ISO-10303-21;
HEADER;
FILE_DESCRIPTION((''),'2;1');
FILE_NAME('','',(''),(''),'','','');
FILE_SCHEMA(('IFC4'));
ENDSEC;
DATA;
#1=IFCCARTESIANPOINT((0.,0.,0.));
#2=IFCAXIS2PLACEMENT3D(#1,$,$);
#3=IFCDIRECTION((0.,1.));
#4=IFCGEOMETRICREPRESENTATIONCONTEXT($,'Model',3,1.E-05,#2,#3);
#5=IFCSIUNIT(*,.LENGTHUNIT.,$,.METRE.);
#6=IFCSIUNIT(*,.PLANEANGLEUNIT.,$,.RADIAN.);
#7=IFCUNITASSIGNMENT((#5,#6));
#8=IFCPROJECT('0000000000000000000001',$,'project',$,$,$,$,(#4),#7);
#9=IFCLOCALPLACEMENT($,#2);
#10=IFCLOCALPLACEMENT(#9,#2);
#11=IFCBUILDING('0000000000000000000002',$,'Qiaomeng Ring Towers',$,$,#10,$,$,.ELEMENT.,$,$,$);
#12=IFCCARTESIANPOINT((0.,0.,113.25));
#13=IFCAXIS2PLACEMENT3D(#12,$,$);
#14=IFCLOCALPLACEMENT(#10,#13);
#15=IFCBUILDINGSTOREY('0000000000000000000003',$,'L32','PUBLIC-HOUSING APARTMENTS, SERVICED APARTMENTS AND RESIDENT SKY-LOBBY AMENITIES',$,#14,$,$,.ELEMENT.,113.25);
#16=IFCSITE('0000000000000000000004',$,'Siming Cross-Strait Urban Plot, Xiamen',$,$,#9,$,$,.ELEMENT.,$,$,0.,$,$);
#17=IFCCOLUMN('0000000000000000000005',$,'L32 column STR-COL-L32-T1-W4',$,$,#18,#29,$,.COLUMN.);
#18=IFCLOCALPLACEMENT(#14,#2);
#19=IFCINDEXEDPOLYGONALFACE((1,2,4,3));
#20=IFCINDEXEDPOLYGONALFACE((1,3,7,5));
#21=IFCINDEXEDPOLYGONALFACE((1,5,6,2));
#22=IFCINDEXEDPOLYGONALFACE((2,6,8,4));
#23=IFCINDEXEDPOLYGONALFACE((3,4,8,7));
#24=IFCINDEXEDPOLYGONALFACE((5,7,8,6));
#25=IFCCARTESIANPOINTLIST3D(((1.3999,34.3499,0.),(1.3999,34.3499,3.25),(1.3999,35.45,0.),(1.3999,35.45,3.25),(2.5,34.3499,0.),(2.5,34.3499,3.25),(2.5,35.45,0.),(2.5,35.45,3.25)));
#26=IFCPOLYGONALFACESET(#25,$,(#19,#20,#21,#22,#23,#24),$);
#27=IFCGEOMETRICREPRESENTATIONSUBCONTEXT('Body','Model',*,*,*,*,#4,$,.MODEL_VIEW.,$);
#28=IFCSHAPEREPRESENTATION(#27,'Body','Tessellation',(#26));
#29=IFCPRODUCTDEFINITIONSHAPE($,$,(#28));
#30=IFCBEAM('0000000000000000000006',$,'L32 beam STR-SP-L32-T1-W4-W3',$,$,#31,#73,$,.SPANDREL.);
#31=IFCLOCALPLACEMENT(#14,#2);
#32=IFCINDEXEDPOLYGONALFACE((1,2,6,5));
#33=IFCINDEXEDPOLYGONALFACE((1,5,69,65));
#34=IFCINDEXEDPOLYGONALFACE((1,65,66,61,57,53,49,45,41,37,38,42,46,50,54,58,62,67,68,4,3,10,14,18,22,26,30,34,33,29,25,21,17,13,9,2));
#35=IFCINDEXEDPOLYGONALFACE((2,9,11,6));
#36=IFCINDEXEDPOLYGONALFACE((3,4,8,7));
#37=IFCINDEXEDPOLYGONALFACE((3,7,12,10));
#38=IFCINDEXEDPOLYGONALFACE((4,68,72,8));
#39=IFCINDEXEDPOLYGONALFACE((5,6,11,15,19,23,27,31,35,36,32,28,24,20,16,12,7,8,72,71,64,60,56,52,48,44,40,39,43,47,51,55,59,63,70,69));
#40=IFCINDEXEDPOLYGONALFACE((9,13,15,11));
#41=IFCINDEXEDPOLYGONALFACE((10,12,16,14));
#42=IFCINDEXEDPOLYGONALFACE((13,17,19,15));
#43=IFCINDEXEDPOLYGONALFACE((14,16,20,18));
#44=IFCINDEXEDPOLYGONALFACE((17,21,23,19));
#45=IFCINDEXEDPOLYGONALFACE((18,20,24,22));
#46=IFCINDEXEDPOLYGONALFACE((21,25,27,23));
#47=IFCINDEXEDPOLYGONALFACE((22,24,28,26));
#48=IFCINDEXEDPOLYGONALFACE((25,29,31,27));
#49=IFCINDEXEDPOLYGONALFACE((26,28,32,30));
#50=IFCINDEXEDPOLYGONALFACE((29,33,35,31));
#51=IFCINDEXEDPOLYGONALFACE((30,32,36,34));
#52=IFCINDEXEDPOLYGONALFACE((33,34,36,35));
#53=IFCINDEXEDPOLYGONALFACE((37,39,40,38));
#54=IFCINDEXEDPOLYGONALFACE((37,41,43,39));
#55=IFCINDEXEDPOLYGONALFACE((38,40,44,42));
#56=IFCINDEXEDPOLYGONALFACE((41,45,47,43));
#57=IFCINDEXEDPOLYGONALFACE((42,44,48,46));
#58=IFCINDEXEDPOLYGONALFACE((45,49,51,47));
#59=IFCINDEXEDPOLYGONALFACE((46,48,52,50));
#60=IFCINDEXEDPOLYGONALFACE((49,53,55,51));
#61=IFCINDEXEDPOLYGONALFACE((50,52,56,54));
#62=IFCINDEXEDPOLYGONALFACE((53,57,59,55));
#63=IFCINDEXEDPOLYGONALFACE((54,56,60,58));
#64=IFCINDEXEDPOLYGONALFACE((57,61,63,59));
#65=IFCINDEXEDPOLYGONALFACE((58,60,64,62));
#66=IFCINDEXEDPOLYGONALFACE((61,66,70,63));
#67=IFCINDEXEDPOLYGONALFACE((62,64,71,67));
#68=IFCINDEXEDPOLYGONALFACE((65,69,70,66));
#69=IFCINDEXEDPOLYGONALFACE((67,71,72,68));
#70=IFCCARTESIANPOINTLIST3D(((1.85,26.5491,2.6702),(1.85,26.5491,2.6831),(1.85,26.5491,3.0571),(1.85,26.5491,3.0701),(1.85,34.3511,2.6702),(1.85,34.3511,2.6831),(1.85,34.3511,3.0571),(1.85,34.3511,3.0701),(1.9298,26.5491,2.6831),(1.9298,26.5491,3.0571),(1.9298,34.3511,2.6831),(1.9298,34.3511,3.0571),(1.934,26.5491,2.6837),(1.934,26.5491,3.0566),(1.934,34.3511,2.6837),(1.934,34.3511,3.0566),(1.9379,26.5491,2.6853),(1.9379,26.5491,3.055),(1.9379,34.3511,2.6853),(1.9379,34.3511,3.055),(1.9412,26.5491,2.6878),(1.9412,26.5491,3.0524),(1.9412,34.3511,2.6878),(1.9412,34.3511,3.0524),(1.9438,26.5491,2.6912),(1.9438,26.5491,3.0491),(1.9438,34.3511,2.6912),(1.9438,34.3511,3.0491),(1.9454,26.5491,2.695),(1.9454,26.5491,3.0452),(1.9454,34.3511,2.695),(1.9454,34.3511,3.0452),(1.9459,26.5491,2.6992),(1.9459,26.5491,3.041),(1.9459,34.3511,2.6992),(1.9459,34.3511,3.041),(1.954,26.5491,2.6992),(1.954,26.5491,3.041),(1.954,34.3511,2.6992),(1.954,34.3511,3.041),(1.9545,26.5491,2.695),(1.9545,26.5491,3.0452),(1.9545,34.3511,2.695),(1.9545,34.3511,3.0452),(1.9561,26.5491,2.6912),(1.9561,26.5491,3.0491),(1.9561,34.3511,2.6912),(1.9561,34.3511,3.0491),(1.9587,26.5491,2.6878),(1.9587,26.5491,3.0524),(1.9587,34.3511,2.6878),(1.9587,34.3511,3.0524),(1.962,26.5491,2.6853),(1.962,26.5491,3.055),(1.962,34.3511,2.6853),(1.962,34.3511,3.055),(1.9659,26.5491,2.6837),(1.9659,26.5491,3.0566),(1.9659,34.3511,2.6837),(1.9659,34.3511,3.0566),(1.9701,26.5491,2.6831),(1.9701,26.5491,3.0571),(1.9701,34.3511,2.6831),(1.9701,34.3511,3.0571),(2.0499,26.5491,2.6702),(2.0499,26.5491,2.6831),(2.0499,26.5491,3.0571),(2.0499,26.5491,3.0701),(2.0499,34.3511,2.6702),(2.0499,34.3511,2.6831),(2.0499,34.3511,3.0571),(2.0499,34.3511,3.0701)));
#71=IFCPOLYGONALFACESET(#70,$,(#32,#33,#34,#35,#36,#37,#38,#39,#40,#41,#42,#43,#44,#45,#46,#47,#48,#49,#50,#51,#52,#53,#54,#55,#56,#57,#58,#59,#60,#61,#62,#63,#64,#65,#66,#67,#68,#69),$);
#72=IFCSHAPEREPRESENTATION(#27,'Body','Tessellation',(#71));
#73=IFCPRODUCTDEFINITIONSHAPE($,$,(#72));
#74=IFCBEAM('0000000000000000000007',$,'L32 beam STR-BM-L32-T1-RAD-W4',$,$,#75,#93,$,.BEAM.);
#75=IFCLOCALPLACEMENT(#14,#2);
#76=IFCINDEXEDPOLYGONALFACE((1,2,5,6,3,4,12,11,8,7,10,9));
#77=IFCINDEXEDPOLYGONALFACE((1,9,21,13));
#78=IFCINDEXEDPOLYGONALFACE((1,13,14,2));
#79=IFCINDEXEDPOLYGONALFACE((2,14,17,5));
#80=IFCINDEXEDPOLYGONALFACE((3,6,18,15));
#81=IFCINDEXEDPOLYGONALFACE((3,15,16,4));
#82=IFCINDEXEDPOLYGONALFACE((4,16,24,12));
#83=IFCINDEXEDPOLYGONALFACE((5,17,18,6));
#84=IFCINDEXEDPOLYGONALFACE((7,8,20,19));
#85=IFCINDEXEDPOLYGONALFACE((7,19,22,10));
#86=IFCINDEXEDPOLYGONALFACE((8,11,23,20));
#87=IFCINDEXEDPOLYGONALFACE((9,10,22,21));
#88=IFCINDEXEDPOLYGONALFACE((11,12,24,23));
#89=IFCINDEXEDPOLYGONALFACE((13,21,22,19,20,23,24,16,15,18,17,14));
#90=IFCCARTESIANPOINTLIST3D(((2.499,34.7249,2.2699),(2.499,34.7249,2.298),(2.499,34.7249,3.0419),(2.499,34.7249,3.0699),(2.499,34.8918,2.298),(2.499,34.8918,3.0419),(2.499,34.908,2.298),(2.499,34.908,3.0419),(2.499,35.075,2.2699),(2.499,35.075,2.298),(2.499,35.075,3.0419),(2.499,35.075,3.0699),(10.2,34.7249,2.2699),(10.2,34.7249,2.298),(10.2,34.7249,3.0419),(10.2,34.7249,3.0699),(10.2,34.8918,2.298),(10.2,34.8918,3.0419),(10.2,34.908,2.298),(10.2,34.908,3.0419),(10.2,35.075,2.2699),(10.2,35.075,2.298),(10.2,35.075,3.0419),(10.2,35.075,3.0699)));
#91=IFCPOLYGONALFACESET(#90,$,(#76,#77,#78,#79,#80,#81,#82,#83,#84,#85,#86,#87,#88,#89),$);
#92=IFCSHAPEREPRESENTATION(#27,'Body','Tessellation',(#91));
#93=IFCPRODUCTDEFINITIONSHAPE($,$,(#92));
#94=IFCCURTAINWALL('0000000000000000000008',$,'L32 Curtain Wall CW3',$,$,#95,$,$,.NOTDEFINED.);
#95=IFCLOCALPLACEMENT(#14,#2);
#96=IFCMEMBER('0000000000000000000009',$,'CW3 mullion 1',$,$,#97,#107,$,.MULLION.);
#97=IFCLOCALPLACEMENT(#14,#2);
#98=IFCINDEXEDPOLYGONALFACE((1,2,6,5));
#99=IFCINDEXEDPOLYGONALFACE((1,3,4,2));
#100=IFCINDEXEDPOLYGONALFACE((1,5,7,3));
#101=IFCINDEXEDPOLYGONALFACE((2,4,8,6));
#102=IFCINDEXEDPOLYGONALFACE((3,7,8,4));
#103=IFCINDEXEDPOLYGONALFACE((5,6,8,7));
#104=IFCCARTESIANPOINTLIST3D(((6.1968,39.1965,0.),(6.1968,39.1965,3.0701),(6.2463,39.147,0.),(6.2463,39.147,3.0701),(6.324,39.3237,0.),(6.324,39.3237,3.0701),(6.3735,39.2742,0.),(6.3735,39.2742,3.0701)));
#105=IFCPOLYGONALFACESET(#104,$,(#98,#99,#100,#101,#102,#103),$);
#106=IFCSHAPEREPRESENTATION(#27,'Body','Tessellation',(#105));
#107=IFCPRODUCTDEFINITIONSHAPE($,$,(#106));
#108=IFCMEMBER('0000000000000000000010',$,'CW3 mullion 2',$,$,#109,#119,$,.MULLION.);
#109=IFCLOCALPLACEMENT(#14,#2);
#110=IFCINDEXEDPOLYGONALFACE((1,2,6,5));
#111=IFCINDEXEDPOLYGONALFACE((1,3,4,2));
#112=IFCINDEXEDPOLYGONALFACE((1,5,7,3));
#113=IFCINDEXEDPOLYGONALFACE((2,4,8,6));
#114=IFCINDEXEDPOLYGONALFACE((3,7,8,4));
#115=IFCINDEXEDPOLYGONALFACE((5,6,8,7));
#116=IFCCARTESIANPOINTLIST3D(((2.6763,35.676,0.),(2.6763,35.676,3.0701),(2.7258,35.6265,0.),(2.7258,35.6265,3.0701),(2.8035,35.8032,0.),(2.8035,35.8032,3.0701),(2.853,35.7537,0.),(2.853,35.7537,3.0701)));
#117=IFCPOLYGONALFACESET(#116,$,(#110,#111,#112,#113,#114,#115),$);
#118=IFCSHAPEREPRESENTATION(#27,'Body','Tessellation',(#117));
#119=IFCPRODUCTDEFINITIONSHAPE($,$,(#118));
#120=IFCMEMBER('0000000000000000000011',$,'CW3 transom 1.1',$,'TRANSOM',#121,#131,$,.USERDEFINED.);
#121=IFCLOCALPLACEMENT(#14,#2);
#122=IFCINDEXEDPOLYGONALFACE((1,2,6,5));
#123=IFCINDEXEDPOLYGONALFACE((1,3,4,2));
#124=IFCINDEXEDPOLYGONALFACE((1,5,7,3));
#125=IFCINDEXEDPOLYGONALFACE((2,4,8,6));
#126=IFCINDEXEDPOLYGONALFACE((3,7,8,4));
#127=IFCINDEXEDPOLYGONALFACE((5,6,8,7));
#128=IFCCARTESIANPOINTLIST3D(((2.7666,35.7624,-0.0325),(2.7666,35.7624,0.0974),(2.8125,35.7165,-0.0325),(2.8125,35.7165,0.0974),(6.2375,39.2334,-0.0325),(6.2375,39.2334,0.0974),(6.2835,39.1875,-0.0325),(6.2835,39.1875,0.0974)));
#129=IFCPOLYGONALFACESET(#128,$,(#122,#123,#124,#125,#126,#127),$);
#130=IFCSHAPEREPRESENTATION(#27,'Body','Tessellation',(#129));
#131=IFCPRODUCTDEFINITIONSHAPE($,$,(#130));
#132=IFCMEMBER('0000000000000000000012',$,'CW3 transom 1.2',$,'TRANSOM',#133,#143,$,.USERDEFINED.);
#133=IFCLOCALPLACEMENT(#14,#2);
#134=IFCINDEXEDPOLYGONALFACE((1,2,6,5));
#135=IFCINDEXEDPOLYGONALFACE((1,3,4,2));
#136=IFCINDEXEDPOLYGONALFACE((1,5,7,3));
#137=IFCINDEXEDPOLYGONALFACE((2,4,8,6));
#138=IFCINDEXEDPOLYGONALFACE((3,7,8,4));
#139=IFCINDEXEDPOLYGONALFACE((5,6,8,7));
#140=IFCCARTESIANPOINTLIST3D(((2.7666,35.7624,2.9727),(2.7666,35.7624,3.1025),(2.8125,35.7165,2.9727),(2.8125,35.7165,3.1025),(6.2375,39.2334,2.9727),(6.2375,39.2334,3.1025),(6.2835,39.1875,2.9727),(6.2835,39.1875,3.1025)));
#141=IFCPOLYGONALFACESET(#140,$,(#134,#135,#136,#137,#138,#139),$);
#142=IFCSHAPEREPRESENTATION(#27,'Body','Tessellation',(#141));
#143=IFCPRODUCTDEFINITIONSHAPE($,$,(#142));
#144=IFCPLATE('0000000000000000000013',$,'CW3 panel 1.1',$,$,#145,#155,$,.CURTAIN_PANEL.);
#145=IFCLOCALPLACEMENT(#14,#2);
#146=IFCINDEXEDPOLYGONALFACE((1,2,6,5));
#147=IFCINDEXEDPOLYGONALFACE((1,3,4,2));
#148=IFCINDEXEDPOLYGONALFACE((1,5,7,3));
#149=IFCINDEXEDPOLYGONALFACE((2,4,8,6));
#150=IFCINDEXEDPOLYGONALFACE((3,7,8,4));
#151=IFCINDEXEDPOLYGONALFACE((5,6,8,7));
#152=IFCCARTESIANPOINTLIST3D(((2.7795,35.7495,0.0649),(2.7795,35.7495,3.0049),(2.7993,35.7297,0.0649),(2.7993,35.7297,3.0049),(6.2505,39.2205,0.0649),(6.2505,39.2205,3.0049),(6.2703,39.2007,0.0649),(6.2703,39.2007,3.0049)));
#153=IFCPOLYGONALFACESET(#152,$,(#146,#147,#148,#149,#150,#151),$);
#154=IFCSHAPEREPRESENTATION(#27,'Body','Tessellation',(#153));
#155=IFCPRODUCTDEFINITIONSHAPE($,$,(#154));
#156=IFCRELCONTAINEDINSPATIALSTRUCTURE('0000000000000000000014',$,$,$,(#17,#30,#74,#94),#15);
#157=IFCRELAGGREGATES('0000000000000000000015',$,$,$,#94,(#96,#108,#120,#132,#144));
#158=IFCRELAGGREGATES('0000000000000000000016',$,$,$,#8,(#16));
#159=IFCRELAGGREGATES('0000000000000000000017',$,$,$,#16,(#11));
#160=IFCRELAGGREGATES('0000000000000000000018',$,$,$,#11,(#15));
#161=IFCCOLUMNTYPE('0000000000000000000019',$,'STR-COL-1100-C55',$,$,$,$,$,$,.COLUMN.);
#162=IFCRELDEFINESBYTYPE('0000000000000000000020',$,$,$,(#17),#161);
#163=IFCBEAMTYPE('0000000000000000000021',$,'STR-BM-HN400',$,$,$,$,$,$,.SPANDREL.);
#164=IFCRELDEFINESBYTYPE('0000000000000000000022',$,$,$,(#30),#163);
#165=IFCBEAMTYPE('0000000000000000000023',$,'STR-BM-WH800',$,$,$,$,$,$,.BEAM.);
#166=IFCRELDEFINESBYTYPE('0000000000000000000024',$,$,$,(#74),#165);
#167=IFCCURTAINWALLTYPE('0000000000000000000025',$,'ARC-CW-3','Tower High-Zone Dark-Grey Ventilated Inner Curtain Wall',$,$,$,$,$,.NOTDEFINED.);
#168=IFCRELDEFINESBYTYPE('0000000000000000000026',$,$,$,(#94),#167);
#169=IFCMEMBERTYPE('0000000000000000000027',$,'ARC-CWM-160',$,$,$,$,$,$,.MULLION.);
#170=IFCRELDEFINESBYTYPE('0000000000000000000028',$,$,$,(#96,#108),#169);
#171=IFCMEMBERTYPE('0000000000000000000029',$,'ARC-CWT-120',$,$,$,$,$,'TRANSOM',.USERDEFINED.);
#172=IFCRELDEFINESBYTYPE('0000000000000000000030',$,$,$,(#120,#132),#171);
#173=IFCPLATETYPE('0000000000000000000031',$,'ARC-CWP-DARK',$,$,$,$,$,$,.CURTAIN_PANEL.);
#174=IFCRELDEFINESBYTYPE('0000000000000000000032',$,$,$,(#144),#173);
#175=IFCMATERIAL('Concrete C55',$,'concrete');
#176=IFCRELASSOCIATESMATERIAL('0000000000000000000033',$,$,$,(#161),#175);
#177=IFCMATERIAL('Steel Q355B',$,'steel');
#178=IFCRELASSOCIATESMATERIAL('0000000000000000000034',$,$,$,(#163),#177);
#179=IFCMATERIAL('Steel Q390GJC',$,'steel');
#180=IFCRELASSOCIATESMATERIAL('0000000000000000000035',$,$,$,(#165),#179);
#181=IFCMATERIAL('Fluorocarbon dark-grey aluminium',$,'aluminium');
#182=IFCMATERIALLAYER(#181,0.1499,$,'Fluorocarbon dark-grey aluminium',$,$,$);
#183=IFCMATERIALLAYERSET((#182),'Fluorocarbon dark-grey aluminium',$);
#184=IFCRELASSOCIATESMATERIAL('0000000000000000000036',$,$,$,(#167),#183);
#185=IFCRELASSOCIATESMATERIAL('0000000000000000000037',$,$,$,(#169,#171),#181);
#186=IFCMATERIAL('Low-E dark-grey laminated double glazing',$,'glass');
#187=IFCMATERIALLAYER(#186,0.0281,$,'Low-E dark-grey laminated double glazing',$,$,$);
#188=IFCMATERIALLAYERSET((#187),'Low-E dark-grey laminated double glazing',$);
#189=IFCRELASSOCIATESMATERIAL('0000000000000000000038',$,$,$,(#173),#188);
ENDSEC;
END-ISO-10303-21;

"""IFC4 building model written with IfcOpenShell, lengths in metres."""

from ifc_helpers import new_model, si_unit, direction, frame, origin, origin_2d, place, context, subcontext, project, spatial, rectangle, i_section, extrude, source, transform, mapped, material, layer, layer_set, material_profile, profile_set, type_object, element, aggregate, save


model = new_model("IFC4")

# Units and contexts
model_context = context("Model", 3, precision=1e-05, world=origin(), true_north=direction((0.0, 1.0)))
body_context = subcontext(model_context, "Body", "Model", "MODEL_VIEW")
ifc_project = project(units=[si_unit("LENGTHUNIT", "METRE"), si_unit("PLANEANGLEUNIT", "RADIAN")], contexts=[model_context])

# Site, building, storey
site_placement = place(None, origin())
site = spatial("IfcSite", under=ifc_project, at=site_placement, Name="Siming Cross-Strait Urban Plot, Xiamen", CompositionType="ELEMENT", RefElevation=0.0)
building_placement = place(site_placement, origin())
building = spatial("IfcBuilding", under=site, at=building_placement, Name="Qiaomeng Ring Towers", CompositionType="ELEMENT")
storey_placement = place(building_placement, frame((0.0, 0.0, 113.25)))
storey = spatial("IfcBuildingStorey", under=building, at=storey_placement, Name="L32", Description="PUBLIC-HOUSING APARTMENTS, SERVICED APARTMENTS AND RESIDENT SKY-LOBBY AMENITIES", CompositionType="ELEMENT", Elevation=113.25)

# Column
ifc_material_1 = material(Name="Concrete C55", Category="concrete")
ifc_material_profile_1 = material_profile(ifc_material_1, rectangle(XDim=1.1001, YDim=1.1001, at=origin_2d()), Name="RC COL 1100x1100")
ifc_profile_set_1 = profile_set([ifc_material_profile_1], Name="Concrete C55")
column_type = type_object("IfcColumnType", Name="STR-COL-1100-C55", PredefinedType="COLUMN", material=ifc_profile_set_1)
shared_shape_1 = source(origin(), body_context, "Body", "SweptSolid", [
    extrude(rectangle(XDim=1.1001, YDim=1.1001, at=origin_2d()), origin(), (0.0, 0.0, 1.0), 3.25),
])
column_placement = place(storey_placement, frame((1.95, 34.8999, 0.0), z_axis=(0.0, 0.0, 1.0), x_axis=(1.0, 0.0, 0.0)))
element("IfcColumn", 1, at=column_placement, inside=storey, type_object=column_type, Name="L32 column STR-COL-L32-T1-W4", PredefinedType="COLUMN", context=body_context, shape_type="MappedRepresentation", body=[
    mapped(shared_shape_1, transform((0.0, 0.0, 0.0), x_axis=(1.0, 0.0, 0.0), y_axis=(0.0, 1.0, 0.0), z_axis=(0.0, 0.0, 1.0), scale=1.0)),
])

# Beams
ifc_material_2 = material(Name="Steel Q355B", Category="steel")
ifc_material_profile_2 = material_profile(ifc_material_2, i_section(OverallWidth=0.2, OverallDepth=0.3999, WebThickness=0.0081, FlangeThickness=0.0129, FilletRadius=0.0161, at=origin_2d()), Name="HN 400x200x8x13")
ifc_profile_set_2 = profile_set([ifc_material_profile_2], Name="Steel Q355B")
beam_type_1 = type_object("IfcBeamType", Name="STR-BM-HN400", PredefinedType="SPANDREL", material=ifc_profile_set_2)
shared_shape_2 = source(origin(), body_context, "Body", "SweptSolid", [
    extrude(i_section(OverallWidth=0.2, OverallDepth=0.3999, WebThickness=0.0081, FlangeThickness=0.0129, FilletRadius=0.0161, at=origin_2d()), origin(), (0.0, 0.0, 1.0), 7.802),
])
beam_1_placement = place(storey_placement, frame((1.95, 34.3511, 2.8701), z_axis=(0.0, -1.0, 0.0), x_axis=(1.0, 0.0, 0.0)))
element("IfcBeam", 2, at=beam_1_placement, inside=storey, type_object=beam_type_1, Name="L32 beam STR-SP-L32-T1-W4-W3", PredefinedType="SPANDREL", context=body_context, shape_type="MappedRepresentation", body=[
    mapped(shared_shape_2, transform((0.0, 0.0, 0.0), x_axis=(1.0, 0.0, 0.0), y_axis=(0.0, 1.0, 0.0), z_axis=(0.0, 0.0, 1.0), scale=1.0)),
])
ifc_material_3 = material(Name="Steel Q390GJC", Category="steel")
ifc_material_profile_3 = material_profile(ifc_material_3, i_section(OverallWidth=0.3501, OverallDepth=0.8, WebThickness=0.0161, FlangeThickness=0.0281, at=origin_2d()), Name="WH 800x350x16x28")
ifc_profile_set_3 = profile_set([ifc_material_profile_3], Name="Steel Q390GJC")
beam_type_2 = type_object("IfcBeamType", Name="STR-BM-WH800", PredefinedType="BEAM", material=ifc_profile_set_3)
shared_shape_3 = source(origin(), body_context, "Body", "SweptSolid", [
    extrude(i_section(OverallWidth=0.3501, OverallDepth=0.8, WebThickness=0.0161, FlangeThickness=0.0281, at=origin_2d()), origin(), (0.0, 0.0, 1.0), 7.7009),
])
beam_2_placement = place(storey_placement, frame((2.499, 34.8999, 2.6699), z_axis=(1.0, 0.0, 0.0), x_axis=(0.0, 1.0, 0.0)))
element("IfcBeam", 3, at=beam_2_placement, inside=storey, type_object=beam_type_2, Name="L32 beam STR-BM-L32-T1-RAD-W4", PredefinedType="BEAM", context=body_context, shape_type="MappedRepresentation", body=[
    mapped(shared_shape_3, transform((0.0, 0.0, 0.0), x_axis=(1.0, 0.0, 0.0), y_axis=(0.0, 1.0, 0.0), z_axis=(0.0, 0.0, 1.0), scale=1.0)),
])

# Curtain wall, members, plate
ifc_material_4 = material(Name="Fluorocarbon dark-grey aluminium", Category="aluminium")
ifc_layer_1 = layer(ifc_material_4, 0.1499, Name="Fluorocarbon dark-grey aluminium")
ifc_layer_set_1 = layer_set([ifc_layer_1], Name="Fluorocarbon dark-grey aluminium")
curtain_wall_type = type_object("IfcCurtainWallType", Name="ARC-CW-3", Description="Tower High-Zone Dark-Grey Ventilated Inner Curtain Wall", PredefinedType="NOTDEFINED", material=ifc_layer_set_1)
curtain_wall_placement = place(storey_placement, origin())
curtain_wall = element("IfcCurtainWall", 4, at=curtain_wall_placement, inside=storey, type_object=curtain_wall_type, Name="L32 Curtain Wall CW3", PredefinedType="NOTDEFINED")
ifc_material_profile_4 = material_profile(ifc_material_4, rectangle(XDim=0.0701, YDim=0.1799, at=origin_2d()), Name="ALU MULL 70x180")
ifc_profile_set_4 = profile_set([ifc_material_profile_4], Name="Fluorocarbon dark-grey aluminium")
member_type_1 = type_object("IfcMemberType", Name="ARC-CWM-160", PredefinedType="MULLION", material=ifc_profile_set_4)
shared_shape_4 = source(origin(), body_context, "Body", "SweptSolid", [
    extrude(rectangle(XDim=0.0701, YDim=0.1799, at=origin_2d()), origin(), (0.0, 0.0, 1.0), 3.0701),
])
member_1_placement = place(storey_placement, frame((6.2852, 39.2354, 0.0), z_axis=(0.0, 0.0, 1.0), x_axis=(0.707107, -0.707107, 0.0)))
member_1 = element("IfcMember", 5, at=member_1_placement, type_object=member_type_1, Name="CW3 mullion 1", PredefinedType="MULLION", context=body_context, shape_type="MappedRepresentation", body=[
    mapped(shared_shape_4, transform((0.0, 0.0, 0.0), x_axis=(1.0, 0.0, 0.0), y_axis=(0.0, 1.0, 0.0), z_axis=(0.0, 0.0, 1.0), scale=1.0)),
])
member_2_placement = place(storey_placement, frame((2.7646, 35.7148, 0.0), z_axis=(0.0, 0.0, 1.0), x_axis=(0.707107, -0.707107, 0.0)))
member_2 = element("IfcMember", 6, at=member_2_placement, type_object=member_type_1, Name="CW3 mullion 2", PredefinedType="MULLION", context=body_context, shape_type="MappedRepresentation", body=[
    mapped(shared_shape_4, transform((0.0, 0.0, 0.0), x_axis=(1.0, 0.0, 0.0), y_axis=(0.0, 1.0, 0.0), z_axis=(0.0, 0.0, 1.0), scale=1.0)),
])
ifc_material_profile_5 = material_profile(ifc_material_4, rectangle(XDim=0.0649, YDim=0.1299, at=origin_2d()), Name="ALU TRAN 65x130")
ifc_profile_set_5 = profile_set([ifc_material_profile_5], Name="Fluorocarbon dark-grey aluminium")
member_type_2 = type_object("IfcMemberType", Name="ARC-CWT-120", ElementType="TRANSOM", PredefinedType="USERDEFINED", material=ifc_profile_set_5)
shared_shape_5 = source(origin(), body_context, "Body", "SweptSolid", [
    extrude(rectangle(XDim=0.0649, YDim=0.1299, at=origin_2d()), origin(), (0.0, 0.0, 1.0), 4.9087),
])
member_3_placement = place(storey_placement, frame((6.2605, 39.2104, 0.0325), z_axis=(-0.707107, -0.707107, 0.0), x_axis=(0.707107, -0.707107, 0.0)))
member_3 = element("IfcMember", 7, at=member_3_placement, type_object=member_type_2, Name="CW3 transom 1.1", ObjectType="TRANSOM", PredefinedType="USERDEFINED", context=body_context, shape_type="MappedRepresentation", body=[
    mapped(shared_shape_5, transform((0.0, 0.0, 0.0), x_axis=(1.0, 0.0, 0.0), y_axis=(0.0, 1.0, 0.0), z_axis=(0.0, 0.0, 1.0), scale=1.0)),
])
member_4_placement = place(storey_placement, frame((6.2605, 39.2104, 3.0376), z_axis=(-0.707107, -0.707107, 0.0), x_axis=(0.707107, -0.707107, 0.0)))
member_4 = element("IfcMember", 8, at=member_4_placement, type_object=member_type_2, Name="CW3 transom 1.2", ObjectType="TRANSOM", PredefinedType="USERDEFINED", context=body_context, shape_type="MappedRepresentation", body=[
    mapped(shared_shape_5, transform((0.0, 0.0, 0.0), x_axis=(1.0, 0.0, 0.0), y_axis=(0.0, 1.0, 0.0), z_axis=(0.0, 0.0, 1.0), scale=1.0)),
])
ifc_material_5 = material(Name="Low-E dark-grey laminated double glazing", Category="glass")
ifc_layer_2 = layer(ifc_material_5, 0.0281, Name="Low-E dark-grey laminated double glazing")
ifc_layer_set_2 = layer_set([ifc_layer_2], Name="Low-E dark-grey laminated double glazing")
plate_type = type_object("IfcPlateType", Name="ARC-CWP-DARK", PredefinedType="CURTAIN_PANEL", material=ifc_layer_set_2)
shared_shape_6 = source(origin(), body_context, "Body", "SweptSolid", [
    extrude(rectangle(XDim=4.9087, YDim=0.0281, at=origin_2d()), origin(), (0.0, 0.0, 1.0), 2.9399),
])
plate_placement = place(storey_placement, frame((4.5249, 37.4751, 0.0649), z_axis=(0.0, 0.0, 1.0), x_axis=(-0.707107, -0.707107, 0.0)))
plate = element("IfcPlate", 9, at=plate_placement, type_object=plate_type, Name="CW3 panel 1.1", PredefinedType="CURTAIN_PANEL", context=body_context, shape_type="MappedRepresentation", body=[
    mapped(shared_shape_6, transform((0.0, 0.0, 0.0), x_axis=(1.0, 0.0, 0.0), y_axis=(0.0, 1.0, 0.0), z_axis=(0.0, 0.0, 1.0), scale=1.0)),
])
aggregate(curtain_wall, [member_1, member_2, member_3, member_4, plate])

save(model, "model.ifc")
